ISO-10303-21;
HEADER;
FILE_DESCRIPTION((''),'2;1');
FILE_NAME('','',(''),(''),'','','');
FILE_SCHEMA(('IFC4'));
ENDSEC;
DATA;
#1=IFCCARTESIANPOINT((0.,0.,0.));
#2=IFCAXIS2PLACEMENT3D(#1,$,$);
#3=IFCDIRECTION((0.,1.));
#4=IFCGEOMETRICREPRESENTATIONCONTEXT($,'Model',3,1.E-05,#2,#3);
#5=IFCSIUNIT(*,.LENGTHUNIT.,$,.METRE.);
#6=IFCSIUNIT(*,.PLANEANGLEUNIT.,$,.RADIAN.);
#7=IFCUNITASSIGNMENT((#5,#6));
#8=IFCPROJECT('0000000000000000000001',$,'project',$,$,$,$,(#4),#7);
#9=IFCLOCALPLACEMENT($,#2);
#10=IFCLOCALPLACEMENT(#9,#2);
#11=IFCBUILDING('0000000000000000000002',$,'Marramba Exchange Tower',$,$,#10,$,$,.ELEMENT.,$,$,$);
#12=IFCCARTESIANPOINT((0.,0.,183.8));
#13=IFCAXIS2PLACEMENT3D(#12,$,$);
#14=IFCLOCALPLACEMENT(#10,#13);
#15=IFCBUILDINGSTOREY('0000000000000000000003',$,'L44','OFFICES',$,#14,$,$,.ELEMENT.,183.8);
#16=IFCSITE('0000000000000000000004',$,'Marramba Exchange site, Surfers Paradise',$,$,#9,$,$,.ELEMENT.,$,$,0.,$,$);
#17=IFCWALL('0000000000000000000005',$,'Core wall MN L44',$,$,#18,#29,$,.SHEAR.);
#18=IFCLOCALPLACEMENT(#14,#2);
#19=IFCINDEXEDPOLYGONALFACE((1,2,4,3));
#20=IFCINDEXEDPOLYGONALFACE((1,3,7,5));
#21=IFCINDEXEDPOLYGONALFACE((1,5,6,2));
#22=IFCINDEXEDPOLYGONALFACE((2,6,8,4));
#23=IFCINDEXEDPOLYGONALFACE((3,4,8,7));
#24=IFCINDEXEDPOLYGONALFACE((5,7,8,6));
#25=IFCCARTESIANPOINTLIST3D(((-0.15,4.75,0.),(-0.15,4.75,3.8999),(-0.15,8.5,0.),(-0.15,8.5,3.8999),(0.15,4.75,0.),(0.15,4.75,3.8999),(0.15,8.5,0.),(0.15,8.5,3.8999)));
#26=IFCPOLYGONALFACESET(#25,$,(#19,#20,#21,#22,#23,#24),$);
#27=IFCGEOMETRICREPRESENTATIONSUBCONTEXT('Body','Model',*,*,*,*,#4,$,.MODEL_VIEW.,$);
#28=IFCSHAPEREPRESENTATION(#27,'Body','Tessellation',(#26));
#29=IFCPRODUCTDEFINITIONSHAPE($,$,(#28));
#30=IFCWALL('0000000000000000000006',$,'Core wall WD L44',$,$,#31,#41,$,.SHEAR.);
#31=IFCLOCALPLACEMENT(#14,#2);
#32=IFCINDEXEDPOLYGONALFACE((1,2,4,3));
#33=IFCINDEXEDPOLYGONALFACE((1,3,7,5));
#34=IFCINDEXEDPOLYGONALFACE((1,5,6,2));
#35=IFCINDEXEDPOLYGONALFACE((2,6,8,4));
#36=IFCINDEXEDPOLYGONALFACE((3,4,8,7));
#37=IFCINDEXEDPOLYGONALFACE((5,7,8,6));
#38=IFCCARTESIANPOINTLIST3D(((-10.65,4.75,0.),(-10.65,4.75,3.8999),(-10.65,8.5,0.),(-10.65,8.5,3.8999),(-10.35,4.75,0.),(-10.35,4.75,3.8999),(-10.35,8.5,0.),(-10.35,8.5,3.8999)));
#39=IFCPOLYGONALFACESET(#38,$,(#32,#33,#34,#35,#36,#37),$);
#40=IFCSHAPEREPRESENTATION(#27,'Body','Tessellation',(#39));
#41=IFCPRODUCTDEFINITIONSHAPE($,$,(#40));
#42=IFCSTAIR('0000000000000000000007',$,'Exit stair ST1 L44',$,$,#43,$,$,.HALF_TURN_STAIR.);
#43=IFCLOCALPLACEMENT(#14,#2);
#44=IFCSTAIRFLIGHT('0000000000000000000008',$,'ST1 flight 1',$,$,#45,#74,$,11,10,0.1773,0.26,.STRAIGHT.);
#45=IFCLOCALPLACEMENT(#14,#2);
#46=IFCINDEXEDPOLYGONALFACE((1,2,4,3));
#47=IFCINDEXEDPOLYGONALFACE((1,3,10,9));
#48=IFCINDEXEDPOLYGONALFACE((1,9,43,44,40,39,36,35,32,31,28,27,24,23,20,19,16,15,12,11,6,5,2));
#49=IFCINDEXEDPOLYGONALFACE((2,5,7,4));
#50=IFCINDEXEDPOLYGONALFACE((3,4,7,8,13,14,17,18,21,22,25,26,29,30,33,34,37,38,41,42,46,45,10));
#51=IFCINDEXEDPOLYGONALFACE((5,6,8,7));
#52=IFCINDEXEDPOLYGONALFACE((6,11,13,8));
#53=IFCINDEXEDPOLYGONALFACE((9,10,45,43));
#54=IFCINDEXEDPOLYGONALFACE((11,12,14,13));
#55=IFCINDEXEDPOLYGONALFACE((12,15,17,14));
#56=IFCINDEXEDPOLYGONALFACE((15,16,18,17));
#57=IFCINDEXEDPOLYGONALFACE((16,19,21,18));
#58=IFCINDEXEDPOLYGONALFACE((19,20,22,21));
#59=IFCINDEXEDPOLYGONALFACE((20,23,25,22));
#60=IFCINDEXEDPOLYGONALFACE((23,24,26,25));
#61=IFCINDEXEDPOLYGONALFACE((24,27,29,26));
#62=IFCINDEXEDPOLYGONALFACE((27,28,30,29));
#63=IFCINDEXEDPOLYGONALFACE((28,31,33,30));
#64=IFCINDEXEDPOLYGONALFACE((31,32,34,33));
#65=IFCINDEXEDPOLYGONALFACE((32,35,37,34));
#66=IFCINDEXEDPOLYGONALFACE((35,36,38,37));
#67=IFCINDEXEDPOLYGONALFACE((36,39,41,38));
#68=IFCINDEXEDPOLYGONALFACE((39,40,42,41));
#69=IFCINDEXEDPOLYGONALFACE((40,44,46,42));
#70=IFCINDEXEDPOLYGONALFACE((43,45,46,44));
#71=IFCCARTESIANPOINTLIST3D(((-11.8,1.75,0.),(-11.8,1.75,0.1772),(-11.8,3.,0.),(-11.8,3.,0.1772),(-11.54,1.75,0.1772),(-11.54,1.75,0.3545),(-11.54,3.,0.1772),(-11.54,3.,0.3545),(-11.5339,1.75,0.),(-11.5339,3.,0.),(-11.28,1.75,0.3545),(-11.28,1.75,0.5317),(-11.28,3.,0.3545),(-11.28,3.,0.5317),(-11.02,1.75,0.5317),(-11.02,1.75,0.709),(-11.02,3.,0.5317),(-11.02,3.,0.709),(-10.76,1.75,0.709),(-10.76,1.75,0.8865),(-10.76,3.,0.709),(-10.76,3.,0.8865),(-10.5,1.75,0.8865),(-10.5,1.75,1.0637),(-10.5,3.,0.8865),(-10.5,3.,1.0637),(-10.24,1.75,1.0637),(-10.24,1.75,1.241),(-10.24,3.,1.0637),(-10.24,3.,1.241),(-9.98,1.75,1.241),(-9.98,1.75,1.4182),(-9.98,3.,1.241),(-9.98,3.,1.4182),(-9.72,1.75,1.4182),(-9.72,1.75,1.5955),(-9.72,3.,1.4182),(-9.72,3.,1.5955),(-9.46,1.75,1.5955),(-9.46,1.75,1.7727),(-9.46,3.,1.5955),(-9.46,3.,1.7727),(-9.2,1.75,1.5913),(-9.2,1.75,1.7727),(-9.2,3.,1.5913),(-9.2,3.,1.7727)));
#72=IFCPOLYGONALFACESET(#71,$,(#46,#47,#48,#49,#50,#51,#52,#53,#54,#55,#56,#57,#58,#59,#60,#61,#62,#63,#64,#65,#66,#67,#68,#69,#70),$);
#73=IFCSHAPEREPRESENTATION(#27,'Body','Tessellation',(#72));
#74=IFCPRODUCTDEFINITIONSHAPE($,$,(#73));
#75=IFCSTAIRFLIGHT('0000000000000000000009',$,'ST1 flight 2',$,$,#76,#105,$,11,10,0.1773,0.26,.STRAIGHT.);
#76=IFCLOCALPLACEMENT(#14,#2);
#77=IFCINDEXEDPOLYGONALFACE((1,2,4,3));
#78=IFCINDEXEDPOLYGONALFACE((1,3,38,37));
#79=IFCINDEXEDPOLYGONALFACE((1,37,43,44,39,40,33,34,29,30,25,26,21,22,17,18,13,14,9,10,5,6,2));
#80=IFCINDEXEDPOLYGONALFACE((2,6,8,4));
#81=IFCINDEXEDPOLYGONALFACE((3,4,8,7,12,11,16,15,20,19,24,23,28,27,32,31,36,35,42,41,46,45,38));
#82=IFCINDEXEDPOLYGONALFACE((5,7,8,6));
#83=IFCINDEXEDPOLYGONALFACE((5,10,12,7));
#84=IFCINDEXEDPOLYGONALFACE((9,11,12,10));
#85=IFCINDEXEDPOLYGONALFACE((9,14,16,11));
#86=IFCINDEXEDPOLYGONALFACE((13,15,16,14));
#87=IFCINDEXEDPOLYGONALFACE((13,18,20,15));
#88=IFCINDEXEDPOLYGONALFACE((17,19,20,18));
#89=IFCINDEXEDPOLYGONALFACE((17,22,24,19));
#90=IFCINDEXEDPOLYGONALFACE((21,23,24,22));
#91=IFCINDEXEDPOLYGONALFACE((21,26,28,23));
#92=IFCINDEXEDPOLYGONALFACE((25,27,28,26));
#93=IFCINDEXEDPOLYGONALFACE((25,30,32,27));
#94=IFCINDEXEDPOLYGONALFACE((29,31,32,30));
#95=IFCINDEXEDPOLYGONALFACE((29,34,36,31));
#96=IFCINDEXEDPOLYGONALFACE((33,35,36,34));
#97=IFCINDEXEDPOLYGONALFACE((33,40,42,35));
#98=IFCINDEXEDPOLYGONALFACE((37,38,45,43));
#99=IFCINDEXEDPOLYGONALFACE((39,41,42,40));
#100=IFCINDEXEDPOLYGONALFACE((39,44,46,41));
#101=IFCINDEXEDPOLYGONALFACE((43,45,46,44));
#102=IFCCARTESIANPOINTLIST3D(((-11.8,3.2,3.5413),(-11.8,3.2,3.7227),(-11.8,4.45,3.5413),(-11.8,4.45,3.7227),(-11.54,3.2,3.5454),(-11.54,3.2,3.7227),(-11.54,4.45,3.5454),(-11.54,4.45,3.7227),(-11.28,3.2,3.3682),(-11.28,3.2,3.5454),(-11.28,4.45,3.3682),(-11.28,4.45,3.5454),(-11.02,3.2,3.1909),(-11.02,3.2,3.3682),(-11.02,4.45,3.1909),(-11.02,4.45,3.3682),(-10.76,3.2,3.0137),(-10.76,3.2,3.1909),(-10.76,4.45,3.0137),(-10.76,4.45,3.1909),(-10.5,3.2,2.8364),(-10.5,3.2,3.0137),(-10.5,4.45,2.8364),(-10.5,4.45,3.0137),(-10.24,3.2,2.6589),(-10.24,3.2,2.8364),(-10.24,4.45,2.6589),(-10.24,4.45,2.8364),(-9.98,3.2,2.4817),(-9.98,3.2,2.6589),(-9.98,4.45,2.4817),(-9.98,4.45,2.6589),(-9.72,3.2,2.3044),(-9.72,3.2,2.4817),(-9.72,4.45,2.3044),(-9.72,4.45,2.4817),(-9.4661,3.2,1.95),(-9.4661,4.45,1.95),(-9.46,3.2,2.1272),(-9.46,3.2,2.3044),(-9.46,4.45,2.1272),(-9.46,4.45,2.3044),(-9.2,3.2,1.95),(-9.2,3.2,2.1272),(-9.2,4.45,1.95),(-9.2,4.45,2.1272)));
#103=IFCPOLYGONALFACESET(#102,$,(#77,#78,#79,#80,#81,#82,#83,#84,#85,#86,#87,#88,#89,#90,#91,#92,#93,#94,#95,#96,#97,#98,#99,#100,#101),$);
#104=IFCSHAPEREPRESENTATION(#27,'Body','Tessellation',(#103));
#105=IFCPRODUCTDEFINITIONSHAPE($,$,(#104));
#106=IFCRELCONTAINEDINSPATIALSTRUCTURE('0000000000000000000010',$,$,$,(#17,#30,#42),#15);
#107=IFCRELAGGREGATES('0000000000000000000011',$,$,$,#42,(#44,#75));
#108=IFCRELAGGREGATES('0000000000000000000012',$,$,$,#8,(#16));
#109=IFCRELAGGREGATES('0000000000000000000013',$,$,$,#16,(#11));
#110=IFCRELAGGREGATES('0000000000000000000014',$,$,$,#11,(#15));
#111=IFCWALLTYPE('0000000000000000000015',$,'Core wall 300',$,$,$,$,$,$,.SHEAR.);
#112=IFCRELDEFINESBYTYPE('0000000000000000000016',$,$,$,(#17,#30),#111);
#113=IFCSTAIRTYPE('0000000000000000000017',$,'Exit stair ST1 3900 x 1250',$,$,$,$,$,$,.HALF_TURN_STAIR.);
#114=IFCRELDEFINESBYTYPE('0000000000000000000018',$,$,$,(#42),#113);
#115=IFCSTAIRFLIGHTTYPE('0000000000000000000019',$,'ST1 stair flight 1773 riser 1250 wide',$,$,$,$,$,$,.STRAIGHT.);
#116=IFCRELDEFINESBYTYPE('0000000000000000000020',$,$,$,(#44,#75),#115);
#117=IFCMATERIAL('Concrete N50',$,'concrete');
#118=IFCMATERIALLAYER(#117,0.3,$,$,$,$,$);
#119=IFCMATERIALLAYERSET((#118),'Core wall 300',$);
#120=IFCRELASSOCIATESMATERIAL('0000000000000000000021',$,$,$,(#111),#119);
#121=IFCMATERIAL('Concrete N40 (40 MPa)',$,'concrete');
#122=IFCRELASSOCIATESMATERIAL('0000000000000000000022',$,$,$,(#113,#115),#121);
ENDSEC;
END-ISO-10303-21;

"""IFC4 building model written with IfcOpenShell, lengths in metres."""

from ifc_helpers import new_model, si_unit, direction, frame, frame_2d, origin, place, context, subcontext, project, spatial, polyline, rectangle, outline, extrude, material, layer, layer_set, type_object, element, aggregate, save


model = new_model("IFC4")

# Units and contexts
model_context = context("Model", 3, precision=1e-05, world=origin(), true_north=direction((0.0, 1.0)))
body_context = subcontext(model_context, "Body", "Model", "MODEL_VIEW")
ifc_project = project(units=[si_unit("LENGTHUNIT", "METRE"), si_unit("PLANEANGLEUNIT", "RADIAN")], contexts=[model_context])

# Site, building, storey
site_placement = place(None, origin())
site = spatial("IfcSite", under=ifc_project, at=site_placement, Name="Marramba Exchange site, Surfers Paradise", CompositionType="ELEMENT", RefElevation=0.0)
building_placement = place(site_placement, origin())
building = spatial("IfcBuilding", under=site, at=building_placement, Name="Marramba Exchange Tower", CompositionType="ELEMENT")
storey_placement = place(building_placement, frame((0.0, 0.0, 183.8)))
storey = spatial("IfcBuildingStorey", under=building, at=storey_placement, Name="L44", Description="OFFICES", CompositionType="ELEMENT", Elevation=183.8)

# Shared definitions
ifc_material_1 = material(Name="Concrete N50", Category="concrete")

# Walls
ifc_layer_1 = layer(ifc_material_1, 0.3)
ifc_layer_set_1 = layer_set([ifc_layer_1], Name="Core wall 300")
wall_type_1 = type_object("IfcWallType", Name="Core wall 300", PredefinedType="SHEAR", material=ifc_layer_set_1)
for number, where, z_axis, x_axis, name in (
    (1, (0.0, 4.75, 0.0), (0.0, 0.0, 1.0), (0.0, 1.0, 0.0), "Core wall MN L44"),
    (2, (-10.5, 4.75, 0.0), (0.0, 0.0, 1.0), (0.0, 1.0, 0.0), "Core wall WD L44"),
):
    element("IfcWall", number, at=place(storey_placement, frame(where, z_axis=z_axis, x_axis=x_axis)), inside=storey, type_object=wall_type_1, Name=name, PredefinedType="SHEAR", context=body_context, shape_type="SweptSolid", body=[
        extrude(rectangle(XDim=3.75, YDim=0.3, at=frame_2d((1.875, 0.0))), origin(), (0.0, 0.0, 1.0), 3.8999),
    ])

# Stair, stair flights
ifc_material_2 = material(Name="Concrete N40 (40 MPa)", Category="concrete")
stair_type = type_object("IfcStairType", Name="Exit stair ST1 3900 x 1250", PredefinedType="HALF_TURN_STAIR", material=ifc_material_2)
stair_placement = place(storey_placement, origin())
stair = element("IfcStair", 3, at=stair_placement, inside=storey, type_object=stair_type, Name="Exit stair ST1 L44", PredefinedType="HALF_TURN_STAIR")
stair_flight_type = type_object("IfcStairFlightType", Name="ST1 stair flight 1773 riser 1250 wide", PredefinedType="STRAIGHT", material=ifc_material_2)
stair_flight_1_placement = place(storey_placement, frame((-11.8, 2.375, 0.0), z_axis=(0.0, 0.0, 1.0), x_axis=(1.0, 0.0, 0.0)))
stair_flight_1 = element("IfcStairFlight", 4, at=stair_flight_1_placement, type_object=stair_flight_type, Name="ST1 flight 1", NumberOfRisers=11, NumberOfTreads=10, PredefinedType="STRAIGHT", RiserHeight=0.1773, TreadLength=0.26, context=body_context, shape_type="SweptSolid", body=[
    extrude(outline(polyline([(0.0, 0.0), (0.0, 0.1772), (0.26, 0.1772), (0.26, 0.3545), (0.52, 0.3545), (0.52, 0.5317), (0.78, 0.5317), (0.78, 0.709), (1.04, 0.709), (1.04, 0.8865), (1.3, 0.8865), (1.3, 1.0637), (1.5601, 1.0637), (1.5601, 1.241), (1.8201, 1.241), (1.8201, 1.4182), (2.0801, 1.4182), (2.0801, 1.5955), (2.3401, 1.5955), (2.3401, 1.7727), (2.6001, 1.7727), (2.6001, 1.95), (2.6001, 1.5913), (0.2661, 0.0), (0.0, 0.0)])), frame((0.0, 0.625, 0.0), z_axis=(0.0, -1.0, 0.0), x_axis=(1.0, 0.0, 0.0)), (0.0, 0.0, 1.0), 1.25),
])
stair_flight_2_placement = place(storey_placement, frame((-9.2, 3.825, 1.95), z_axis=(0.0, 0.0, 1.0), x_axis=(-1.0, 0.0, 0.0)))
stair_flight_2 = element("IfcStairFlight", 5, at=stair_flight_2_placement, type_object=stair_flight_type, Name="ST1 flight 2", NumberOfRisers=11, NumberOfTreads=10, PredefinedType="STRAIGHT", RiserHeight=0.1773, TreadLength=0.26, context=body_context, shape_type="SweptSolid", body=[
    extrude(outline(polyline([(0.0, 0.0), (0.0, 0.1772), (0.26, 0.1772), (0.26, 0.3545), (0.52, 0.3545), (0.52, 0.5317), (0.78, 0.5317), (0.78, 0.709), (1.04, 0.709), (1.04, 0.8865), (1.3, 0.8865), (1.3, 1.0637), (1.5601, 1.0637), (1.5601, 1.241), (1.8201, 1.241), (1.8201, 1.4182), (2.0801, 1.4182), (2.0801, 1.5955), (2.3401, 1.5955), (2.3401, 1.7727), (2.6001, 1.7727), (2.6001, 1.95), (2.6001, 1.5913), (0.2661, 0.0), (0.0, 0.0)])), frame((0.0, 0.625, 0.0), z_axis=(0.0, -1.0, 0.0), x_axis=(1.0, 0.0, 0.0)), (0.0, 0.0, 1.0), 1.25),
])
aggregate(stair, [stair_flight_1, stair_flight_2])

save(model, "model.ifc")
